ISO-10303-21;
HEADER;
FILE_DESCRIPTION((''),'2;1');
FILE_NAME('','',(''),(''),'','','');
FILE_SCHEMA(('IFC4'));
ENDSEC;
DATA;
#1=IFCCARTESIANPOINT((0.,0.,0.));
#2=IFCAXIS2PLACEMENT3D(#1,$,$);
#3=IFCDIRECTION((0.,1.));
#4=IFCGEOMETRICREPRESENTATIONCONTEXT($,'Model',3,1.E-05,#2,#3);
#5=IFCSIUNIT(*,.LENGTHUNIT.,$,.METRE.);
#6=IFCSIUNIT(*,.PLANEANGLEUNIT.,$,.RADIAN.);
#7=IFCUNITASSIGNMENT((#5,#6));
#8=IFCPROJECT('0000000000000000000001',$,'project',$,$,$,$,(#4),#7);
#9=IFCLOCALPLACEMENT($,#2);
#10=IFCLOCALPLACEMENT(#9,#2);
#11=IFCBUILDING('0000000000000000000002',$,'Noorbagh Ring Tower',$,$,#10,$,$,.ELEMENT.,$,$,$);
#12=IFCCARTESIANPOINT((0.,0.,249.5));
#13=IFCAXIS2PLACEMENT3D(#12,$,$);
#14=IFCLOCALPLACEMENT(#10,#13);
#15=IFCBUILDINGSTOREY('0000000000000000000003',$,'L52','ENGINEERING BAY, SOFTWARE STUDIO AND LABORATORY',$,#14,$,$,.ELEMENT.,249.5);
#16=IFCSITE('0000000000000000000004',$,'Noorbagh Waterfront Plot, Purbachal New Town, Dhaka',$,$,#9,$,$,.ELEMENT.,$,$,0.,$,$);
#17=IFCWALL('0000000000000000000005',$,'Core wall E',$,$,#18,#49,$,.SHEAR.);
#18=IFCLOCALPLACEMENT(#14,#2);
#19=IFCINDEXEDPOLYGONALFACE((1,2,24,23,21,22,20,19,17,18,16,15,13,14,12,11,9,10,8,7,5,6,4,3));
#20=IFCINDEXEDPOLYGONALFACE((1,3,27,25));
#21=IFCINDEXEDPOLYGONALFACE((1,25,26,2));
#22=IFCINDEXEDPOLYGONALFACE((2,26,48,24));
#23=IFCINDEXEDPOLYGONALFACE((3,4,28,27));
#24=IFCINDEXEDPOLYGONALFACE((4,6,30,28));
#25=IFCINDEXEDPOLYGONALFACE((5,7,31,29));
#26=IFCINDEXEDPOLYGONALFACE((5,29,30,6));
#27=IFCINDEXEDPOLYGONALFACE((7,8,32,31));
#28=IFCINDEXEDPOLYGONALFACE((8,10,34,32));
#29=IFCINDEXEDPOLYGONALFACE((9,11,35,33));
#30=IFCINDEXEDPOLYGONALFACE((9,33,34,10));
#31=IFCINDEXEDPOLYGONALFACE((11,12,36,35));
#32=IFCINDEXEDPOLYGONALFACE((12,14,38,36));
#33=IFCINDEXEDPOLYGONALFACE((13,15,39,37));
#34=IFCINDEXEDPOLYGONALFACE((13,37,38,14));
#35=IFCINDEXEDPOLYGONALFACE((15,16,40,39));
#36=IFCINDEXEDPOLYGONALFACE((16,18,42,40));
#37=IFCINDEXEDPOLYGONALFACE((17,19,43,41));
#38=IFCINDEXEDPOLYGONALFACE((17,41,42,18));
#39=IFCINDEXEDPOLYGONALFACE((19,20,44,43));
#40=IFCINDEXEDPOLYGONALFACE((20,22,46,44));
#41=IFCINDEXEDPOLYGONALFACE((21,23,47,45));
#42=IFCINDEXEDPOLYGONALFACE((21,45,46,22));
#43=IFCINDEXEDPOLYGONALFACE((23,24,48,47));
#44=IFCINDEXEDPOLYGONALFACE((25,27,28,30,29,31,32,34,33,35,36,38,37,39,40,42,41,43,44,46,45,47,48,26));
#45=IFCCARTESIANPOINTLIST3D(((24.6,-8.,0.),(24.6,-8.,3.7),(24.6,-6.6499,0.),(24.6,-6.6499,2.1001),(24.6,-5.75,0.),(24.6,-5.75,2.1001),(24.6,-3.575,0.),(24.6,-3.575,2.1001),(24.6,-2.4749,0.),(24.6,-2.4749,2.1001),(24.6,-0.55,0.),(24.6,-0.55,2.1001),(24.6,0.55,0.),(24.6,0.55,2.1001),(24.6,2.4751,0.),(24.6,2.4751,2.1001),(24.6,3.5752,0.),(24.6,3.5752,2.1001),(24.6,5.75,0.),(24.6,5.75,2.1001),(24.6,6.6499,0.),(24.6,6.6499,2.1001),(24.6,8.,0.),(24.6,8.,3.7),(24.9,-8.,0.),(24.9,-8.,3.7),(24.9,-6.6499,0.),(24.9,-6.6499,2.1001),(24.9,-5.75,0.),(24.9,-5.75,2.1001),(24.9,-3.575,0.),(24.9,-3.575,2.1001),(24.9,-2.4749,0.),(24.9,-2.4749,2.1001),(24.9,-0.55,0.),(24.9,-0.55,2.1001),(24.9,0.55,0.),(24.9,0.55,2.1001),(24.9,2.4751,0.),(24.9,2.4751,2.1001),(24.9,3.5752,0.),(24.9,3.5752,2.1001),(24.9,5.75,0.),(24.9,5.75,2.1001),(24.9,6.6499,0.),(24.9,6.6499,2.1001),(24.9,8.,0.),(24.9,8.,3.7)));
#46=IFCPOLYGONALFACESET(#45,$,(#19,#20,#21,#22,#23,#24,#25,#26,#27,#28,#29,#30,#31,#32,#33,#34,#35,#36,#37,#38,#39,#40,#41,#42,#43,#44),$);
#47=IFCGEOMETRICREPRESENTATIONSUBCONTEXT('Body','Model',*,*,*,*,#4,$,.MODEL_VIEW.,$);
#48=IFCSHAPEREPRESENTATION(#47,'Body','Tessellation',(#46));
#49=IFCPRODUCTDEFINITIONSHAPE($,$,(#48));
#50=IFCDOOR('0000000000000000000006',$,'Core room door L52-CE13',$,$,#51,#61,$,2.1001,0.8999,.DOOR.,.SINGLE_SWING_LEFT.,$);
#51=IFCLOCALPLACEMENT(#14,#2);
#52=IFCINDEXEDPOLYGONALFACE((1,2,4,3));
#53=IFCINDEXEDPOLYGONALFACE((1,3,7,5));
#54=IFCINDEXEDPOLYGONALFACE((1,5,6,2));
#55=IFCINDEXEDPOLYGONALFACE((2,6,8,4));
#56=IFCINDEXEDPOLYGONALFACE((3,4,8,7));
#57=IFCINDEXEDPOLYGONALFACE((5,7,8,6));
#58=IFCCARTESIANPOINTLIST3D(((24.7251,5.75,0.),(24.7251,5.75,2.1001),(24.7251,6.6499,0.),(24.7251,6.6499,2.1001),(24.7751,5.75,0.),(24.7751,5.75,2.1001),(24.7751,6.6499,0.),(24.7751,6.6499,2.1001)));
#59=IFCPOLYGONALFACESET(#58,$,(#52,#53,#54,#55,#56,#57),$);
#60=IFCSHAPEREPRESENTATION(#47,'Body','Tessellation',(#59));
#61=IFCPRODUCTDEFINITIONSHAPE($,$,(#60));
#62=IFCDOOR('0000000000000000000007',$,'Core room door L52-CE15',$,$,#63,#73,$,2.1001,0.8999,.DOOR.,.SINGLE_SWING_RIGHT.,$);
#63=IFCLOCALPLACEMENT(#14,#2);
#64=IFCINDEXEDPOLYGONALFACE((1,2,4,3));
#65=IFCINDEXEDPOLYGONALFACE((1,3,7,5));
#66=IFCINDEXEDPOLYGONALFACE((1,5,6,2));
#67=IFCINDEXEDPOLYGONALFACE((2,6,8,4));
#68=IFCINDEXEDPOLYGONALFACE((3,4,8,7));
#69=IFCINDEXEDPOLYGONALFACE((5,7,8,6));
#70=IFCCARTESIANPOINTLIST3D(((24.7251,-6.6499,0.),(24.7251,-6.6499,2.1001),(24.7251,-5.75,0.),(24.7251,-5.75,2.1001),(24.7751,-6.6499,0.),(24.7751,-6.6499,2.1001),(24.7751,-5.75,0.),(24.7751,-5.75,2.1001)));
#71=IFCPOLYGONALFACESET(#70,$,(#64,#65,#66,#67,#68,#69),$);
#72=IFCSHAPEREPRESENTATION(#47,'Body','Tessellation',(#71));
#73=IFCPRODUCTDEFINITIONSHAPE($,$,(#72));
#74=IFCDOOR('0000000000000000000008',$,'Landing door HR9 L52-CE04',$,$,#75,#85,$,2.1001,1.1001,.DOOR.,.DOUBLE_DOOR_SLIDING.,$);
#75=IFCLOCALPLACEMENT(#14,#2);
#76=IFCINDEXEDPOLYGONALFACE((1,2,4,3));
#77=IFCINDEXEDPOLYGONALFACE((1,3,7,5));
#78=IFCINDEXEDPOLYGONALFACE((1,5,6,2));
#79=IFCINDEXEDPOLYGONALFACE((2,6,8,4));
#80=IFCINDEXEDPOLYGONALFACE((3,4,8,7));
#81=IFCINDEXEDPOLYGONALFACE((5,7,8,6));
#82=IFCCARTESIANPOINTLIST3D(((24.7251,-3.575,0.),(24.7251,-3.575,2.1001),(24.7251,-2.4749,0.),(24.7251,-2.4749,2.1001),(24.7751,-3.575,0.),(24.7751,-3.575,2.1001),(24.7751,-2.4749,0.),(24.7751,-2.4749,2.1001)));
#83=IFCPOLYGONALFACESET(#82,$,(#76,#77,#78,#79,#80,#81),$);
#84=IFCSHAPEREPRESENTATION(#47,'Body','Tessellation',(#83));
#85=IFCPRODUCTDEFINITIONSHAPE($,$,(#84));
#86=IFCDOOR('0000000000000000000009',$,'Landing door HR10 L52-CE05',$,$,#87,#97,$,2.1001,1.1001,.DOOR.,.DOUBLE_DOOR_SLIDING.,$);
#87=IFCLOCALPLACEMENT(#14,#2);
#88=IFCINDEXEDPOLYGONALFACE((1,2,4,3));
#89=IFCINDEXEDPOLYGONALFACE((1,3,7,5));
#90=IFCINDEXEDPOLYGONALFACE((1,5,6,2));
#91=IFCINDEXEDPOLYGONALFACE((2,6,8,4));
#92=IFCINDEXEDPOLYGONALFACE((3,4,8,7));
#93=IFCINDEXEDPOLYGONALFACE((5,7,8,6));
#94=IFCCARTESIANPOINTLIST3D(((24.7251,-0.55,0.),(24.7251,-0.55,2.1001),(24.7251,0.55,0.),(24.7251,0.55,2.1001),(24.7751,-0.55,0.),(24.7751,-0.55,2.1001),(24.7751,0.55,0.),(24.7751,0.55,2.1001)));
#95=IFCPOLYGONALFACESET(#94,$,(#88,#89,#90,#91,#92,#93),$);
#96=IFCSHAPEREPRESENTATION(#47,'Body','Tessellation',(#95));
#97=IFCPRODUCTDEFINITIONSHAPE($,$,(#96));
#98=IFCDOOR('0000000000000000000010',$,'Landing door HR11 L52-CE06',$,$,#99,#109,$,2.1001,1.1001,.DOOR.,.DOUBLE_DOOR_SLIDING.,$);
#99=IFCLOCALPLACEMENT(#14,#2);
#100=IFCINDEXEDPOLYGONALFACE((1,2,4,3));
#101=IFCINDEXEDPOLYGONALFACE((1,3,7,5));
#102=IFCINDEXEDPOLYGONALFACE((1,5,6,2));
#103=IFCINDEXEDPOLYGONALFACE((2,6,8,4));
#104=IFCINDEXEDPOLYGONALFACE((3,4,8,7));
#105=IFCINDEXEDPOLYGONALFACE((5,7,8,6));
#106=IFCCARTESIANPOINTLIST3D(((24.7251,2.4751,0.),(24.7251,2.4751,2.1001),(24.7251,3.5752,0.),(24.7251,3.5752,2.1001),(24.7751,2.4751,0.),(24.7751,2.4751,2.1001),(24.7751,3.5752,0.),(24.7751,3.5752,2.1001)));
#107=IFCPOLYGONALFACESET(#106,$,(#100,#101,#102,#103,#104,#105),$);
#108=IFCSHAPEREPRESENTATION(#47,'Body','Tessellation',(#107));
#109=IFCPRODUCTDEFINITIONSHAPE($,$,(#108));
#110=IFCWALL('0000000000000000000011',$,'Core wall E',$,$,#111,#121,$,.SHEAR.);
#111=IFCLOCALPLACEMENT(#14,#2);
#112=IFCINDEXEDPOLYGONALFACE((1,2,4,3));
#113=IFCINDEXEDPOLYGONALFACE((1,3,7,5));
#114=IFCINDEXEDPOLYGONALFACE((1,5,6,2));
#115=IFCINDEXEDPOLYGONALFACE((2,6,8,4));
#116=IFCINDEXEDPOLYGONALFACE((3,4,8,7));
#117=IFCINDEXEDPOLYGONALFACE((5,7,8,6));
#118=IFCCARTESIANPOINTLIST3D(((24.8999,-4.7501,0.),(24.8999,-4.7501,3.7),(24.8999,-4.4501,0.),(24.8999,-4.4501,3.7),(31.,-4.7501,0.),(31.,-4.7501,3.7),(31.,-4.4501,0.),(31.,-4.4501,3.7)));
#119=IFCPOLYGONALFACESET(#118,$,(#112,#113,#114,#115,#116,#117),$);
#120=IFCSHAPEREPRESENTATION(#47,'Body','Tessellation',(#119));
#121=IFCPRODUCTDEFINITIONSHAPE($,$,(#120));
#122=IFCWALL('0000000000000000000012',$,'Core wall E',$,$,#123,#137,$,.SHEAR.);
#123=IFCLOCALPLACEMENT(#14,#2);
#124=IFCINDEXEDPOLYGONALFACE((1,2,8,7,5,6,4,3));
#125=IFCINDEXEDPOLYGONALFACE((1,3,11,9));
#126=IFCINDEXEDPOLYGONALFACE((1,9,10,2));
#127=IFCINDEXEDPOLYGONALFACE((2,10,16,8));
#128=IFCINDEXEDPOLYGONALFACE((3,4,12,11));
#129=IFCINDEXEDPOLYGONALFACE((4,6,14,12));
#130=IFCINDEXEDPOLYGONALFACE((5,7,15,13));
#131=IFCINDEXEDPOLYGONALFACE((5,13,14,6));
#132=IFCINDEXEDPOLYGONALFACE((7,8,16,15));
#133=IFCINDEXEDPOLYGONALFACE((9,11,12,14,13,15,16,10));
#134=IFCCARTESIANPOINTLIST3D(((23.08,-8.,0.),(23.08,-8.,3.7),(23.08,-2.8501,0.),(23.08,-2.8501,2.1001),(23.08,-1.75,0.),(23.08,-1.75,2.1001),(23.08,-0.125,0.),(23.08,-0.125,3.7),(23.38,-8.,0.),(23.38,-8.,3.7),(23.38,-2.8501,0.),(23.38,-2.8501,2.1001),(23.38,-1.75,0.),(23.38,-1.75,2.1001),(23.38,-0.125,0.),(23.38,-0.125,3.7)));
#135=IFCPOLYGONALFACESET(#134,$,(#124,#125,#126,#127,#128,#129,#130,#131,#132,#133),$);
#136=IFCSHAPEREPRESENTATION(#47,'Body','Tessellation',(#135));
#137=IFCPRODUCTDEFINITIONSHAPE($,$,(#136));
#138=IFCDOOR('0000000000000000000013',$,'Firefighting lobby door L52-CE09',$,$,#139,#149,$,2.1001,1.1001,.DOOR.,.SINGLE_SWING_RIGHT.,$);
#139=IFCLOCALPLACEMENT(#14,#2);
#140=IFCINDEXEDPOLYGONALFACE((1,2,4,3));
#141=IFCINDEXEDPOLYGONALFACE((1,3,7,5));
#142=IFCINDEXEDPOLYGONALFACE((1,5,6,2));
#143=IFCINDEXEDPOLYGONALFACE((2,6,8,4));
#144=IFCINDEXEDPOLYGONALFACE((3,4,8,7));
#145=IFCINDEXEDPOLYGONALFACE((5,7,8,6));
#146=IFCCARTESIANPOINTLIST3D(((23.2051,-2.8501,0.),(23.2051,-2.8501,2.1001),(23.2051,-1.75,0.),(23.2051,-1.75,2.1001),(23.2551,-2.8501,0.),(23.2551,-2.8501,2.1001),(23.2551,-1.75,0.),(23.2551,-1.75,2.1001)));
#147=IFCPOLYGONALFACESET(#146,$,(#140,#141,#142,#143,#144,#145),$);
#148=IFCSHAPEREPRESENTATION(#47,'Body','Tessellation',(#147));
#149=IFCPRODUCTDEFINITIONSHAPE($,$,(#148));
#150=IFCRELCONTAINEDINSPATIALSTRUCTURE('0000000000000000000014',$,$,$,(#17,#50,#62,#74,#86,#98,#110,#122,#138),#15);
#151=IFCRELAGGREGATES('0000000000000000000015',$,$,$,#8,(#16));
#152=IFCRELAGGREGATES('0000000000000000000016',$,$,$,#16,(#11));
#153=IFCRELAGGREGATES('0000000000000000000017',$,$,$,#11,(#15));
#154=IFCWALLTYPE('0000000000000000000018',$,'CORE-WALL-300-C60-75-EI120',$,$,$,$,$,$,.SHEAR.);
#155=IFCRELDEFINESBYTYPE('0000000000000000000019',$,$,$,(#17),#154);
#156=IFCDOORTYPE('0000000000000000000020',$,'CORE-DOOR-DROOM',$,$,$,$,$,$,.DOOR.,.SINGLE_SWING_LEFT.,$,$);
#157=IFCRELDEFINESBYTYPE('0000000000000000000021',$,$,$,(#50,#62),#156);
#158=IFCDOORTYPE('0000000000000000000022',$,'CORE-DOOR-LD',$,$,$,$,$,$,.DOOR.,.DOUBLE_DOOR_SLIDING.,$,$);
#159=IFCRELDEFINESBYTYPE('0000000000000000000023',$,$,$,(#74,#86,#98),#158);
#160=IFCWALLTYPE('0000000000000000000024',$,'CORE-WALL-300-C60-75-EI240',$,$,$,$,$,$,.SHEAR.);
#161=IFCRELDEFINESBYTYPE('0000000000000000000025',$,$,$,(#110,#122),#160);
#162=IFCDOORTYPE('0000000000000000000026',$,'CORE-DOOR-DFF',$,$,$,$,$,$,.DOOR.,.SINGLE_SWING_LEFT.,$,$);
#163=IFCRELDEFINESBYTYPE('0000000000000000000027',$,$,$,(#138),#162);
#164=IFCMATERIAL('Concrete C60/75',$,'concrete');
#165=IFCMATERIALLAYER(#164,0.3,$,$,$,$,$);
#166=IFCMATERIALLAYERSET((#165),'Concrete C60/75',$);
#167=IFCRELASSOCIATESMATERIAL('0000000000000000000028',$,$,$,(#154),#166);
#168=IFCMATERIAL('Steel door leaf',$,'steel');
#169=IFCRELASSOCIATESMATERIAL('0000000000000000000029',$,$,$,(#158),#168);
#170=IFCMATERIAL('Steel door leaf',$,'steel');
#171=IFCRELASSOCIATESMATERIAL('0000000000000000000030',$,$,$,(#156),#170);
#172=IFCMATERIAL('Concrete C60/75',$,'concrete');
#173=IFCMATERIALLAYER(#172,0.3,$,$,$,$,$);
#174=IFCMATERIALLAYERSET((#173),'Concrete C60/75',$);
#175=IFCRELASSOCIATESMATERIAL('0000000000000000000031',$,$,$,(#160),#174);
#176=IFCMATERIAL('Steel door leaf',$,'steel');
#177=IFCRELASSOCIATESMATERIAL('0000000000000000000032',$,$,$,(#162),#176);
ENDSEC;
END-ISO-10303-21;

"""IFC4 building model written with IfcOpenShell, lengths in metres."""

from ifc_helpers import new_model, si_unit, direction, frame, frame_2d, origin, place, context, subcontext, project, spatial, rectangle, extrude, material, layer, layer_set, type_object, element, fill, save


model = new_model("IFC4")

# Units and contexts
model_context = context("Model", 3, precision=1e-05, world=origin(), true_north=direction((0.0, 1.0)))
body_context = subcontext(model_context, "Body", "Model", "MODEL_VIEW")
ifc_project = project(units=[si_unit("LENGTHUNIT", "METRE"), si_unit("PLANEANGLEUNIT", "RADIAN")], contexts=[model_context])

# Site, building, storey
site_placement = place(None, origin())
site = spatial("IfcSite", under=ifc_project, at=site_placement, Name="Noorbagh Waterfront Plot, Purbachal New Town, Dhaka", CompositionType="ELEMENT", RefElevation=0.0)
building_placement = place(site_placement, origin())
building = spatial("IfcBuilding", under=site, at=building_placement, Name="Noorbagh Ring Tower", CompositionType="ELEMENT")
storey_placement = place(building_placement, frame((0.0, 0.0, 249.5)))
storey = spatial("IfcBuildingStorey", under=building, at=storey_placement, Name="L52", Description="ENGINEERING BAY, SOFTWARE STUDIO AND LABORATORY", CompositionType="ELEMENT", Elevation=249.5)

# Shared definitions
ifc_material_1 = material(Name="Concrete C60/75", Category="concrete")
ifc_layer_1 = layer(ifc_material_1, 0.3)
ifc_layer_set_1 = layer_set([ifc_layer_1], Name="Concrete C60/75")
wall_type_1 = type_object("IfcWallType", Name="CORE-WALL-300-C60-75-EI120", PredefinedType="SHEAR", material=ifc_layer_set_1)

# Wall, openings, doors
ifc_material_2 = material(Name="Steel door leaf", Category="steel")
door_type_1 = type_object("IfcDoorType", Name="CORE-DOOR-LD", OperationType="DOUBLE_DOOR_SLIDING", PredefinedType="DOOR", material=ifc_material_2)
wall_1_placement = place(storey_placement, frame((24.75, -8.0, 0.0), z_axis=(0.0, 0.0, 1.0), x_axis=(0.0, 1.0, 0.0)))
wall_1 = element("IfcWall", 1, at=wall_1_placement, inside=storey, type_object=wall_type_1, Name="Core wall E", PredefinedType="SHEAR", context=body_context, shape_type="SweptSolid", body=[
    extrude(rectangle(XDim=16.0, YDim=0.3, at=frame_2d((8.0, 0.0))), origin(), (0.0, 0.0, 1.0), 3.7),
])
opening_1_placement = place(wall_1_placement, frame((4.425, 0.0, 0.0)))
opening_1 = element("IfcOpeningElement", 2, at=opening_1_placement, cuts=wall_1, PredefinedType="OPENING", context=body_context, shape_type="SweptSolid", body=[
    extrude(rectangle(XDim=1.1001, YDim=2.1001, at=frame_2d((0.55, 1.05))), frame((0.0, 0.1602, 0.0), z_axis=(0.0, -1.0, 0.0), x_axis=(1.0, 0.0, 0.0)), (0.0, 0.0, 1.0), 0.3201),
])
opening_2_placement = place(wall_1_placement, frame((7.45, 0.0, 0.0)))
opening_2 = element("IfcOpeningElement", 3, at=opening_2_placement, cuts=wall_1, PredefinedType="OPENING", context=body_context, shape_type="SweptSolid", body=[
    extrude(rectangle(XDim=1.1001, YDim=2.1001, at=frame_2d((0.55, 1.05))), frame((0.0, 0.1602, 0.0), z_axis=(0.0, -1.0, 0.0), x_axis=(1.0, 0.0, 0.0)), (0.0, 0.0, 1.0), 0.3201),
])
opening_3_placement = place(wall_1_placement, frame((10.4751, 0.0, 0.0)))
opening_3 = element("IfcOpeningElement", 4, at=opening_3_placement, cuts=wall_1, PredefinedType="OPENING", context=body_context, shape_type="SweptSolid", body=[
    extrude(rectangle(XDim=1.1001, YDim=2.1001, at=frame_2d((0.55, 1.05))), frame((0.0, 0.1602, 0.0), z_axis=(0.0, -1.0, 0.0), x_axis=(1.0, 0.0, 0.0)), (0.0, 0.0, 1.0), 0.3201),
])
opening_4_placement = place(wall_1_placement, frame((13.75, 0.0, 0.0)))
opening_4 = element("IfcOpeningElement", 5, at=opening_4_placement, cuts=wall_1, PredefinedType="OPENING", context=body_context, shape_type="SweptSolid", body=[
    extrude(rectangle(XDim=0.8999, YDim=2.1001, at=frame_2d((0.45, 1.05))), frame((0.0, 0.1602, 0.0), z_axis=(0.0, -1.0, 0.0), x_axis=(1.0, 0.0, 0.0)), (0.0, 0.0, 1.0), 0.3201),
])
opening_5_placement = place(wall_1_placement, frame((1.3501, 0.0, 0.0)))
opening_5 = element("IfcOpeningElement", 6, at=opening_5_placement, cuts=wall_1, PredefinedType="OPENING", context=body_context, shape_type="SweptSolid", body=[
    extrude(rectangle(XDim=0.8999, YDim=2.1001, at=frame_2d((0.45, 1.05))), frame((0.0, 0.1602, 0.0), z_axis=(0.0, -1.0, 0.0), x_axis=(1.0, 0.0, 0.0)), (0.0, 0.0, 1.0), 0.3201),
])
ifc_material_3 = material(Name="Steel door leaf", Category="steel")
door_type_2 = type_object("IfcDoorType", Name="CORE-DOOR-DROOM", OperationType="SINGLE_SWING_LEFT", PredefinedType="DOOR", material=ifc_material_3)
door_1_placement = place(opening_4_placement, origin())
door_1 = element("IfcDoor", 7, at=door_1_placement, inside=storey, type_object=door_type_2, Name="Core room door L52-CE13", OperationType="SINGLE_SWING_LEFT", OverallHeight=2.1001, OverallWidth=0.8999, PredefinedType="DOOR", context=body_context, shape_type="SweptSolid", body=[
    extrude(rectangle(XDim=0.8999, YDim=2.1001, at=frame_2d((0.45, 1.05))), frame((0.0, 0.0249, 0.0), z_axis=(0.0, -1.0, 0.0), x_axis=(1.0, 0.0, 0.0)), (0.0, 0.0, 1.0), 0.05),
])
fill(opening_4, door_1)
door_2_placement = place(opening_5_placement, origin())
door_2 = element("IfcDoor", 8, at=door_2_placement, inside=storey, type_object=door_type_2, Name="Core room door L52-CE15", OperationType="SINGLE_SWING_RIGHT", OverallHeight=2.1001, OverallWidth=0.8999, PredefinedType="DOOR", context=body_context, shape_type="SweptSolid", body=[
    extrude(rectangle(XDim=0.8999, YDim=2.1001, at=frame_2d((0.45, 1.05))), frame((0.0, 0.0249, 0.0), z_axis=(0.0, -1.0, 0.0), x_axis=(1.0, 0.0, 0.0)), (0.0, 0.0, 1.0), 0.05),
])
fill(opening_5, door_2)
door_3_placement = place(opening_1_placement, origin())
door_3 = element("IfcDoor", 9, at=door_3_placement, inside=storey, type_object=door_type_1, Name="Landing door HR9 L52-CE04", OperationType="DOUBLE_DOOR_SLIDING", OverallHeight=2.1001, OverallWidth=1.1001, PredefinedType="DOOR", context=body_context, shape_type="SweptSolid", body=[
    extrude(rectangle(XDim=1.1001, YDim=2.1001, at=frame_2d((0.55, 1.05))), frame((0.0, 0.0249, 0.0), z_axis=(0.0, -1.0, 0.0), x_axis=(1.0, 0.0, 0.0)), (0.0, 0.0, 1.0), 0.05),
])
fill(opening_1, door_3)
door_4_placement = place(opening_2_placement, origin())
door_4 = element("IfcDoor", 10, at=door_4_placement, inside=storey, type_object=door_type_1, Name="Landing door HR10 L52-CE05", OperationType="DOUBLE_DOOR_SLIDING", OverallHeight=2.1001, OverallWidth=1.1001, PredefinedType="DOOR", context=body_context, shape_type="SweptSolid", body=[
    extrude(rectangle(XDim=1.1001, YDim=2.1001, at=frame_2d((0.55, 1.05))), frame((0.0, 0.0249, 0.0), z_axis=(0.0, -1.0, 0.0), x_axis=(1.0, 0.0, 0.0)), (0.0, 0.0, 1.0), 0.05),
])
fill(opening_2, door_4)
door_5_placement = place(opening_3_placement, origin())
door_5 = element("IfcDoor", 11, at=door_5_placement, inside=storey, type_object=door_type_1, Name="Landing door HR11 L52-CE06", OperationType="DOUBLE_DOOR_SLIDING", OverallHeight=2.1001, OverallWidth=1.1001, PredefinedType="DOOR", context=body_context, shape_type="SweptSolid", body=[
    extrude(rectangle(XDim=1.1001, YDim=2.1001, at=frame_2d((0.55, 1.05))), frame((0.0, 0.0249, 0.0), z_axis=(0.0, -1.0, 0.0), x_axis=(1.0, 0.0, 0.0)), (0.0, 0.0, 1.0), 0.05),
])
fill(opening_3, door_5)

# Wall
ifc_material_4 = material(Name="Concrete C60/75", Category="concrete")
ifc_layer_2 = layer(ifc_material_4, 0.3)
ifc_layer_set_2 = layer_set([ifc_layer_2], Name="Concrete C60/75")
wall_type_2 = type_object("IfcWallType", Name="CORE-WALL-300-C60-75-EI240", PredefinedType="SHEAR", material=ifc_layer_set_2)
wall_2_placement = place(storey_placement, frame((24.8999, -4.6001, 0.0), z_axis=(0.0, 0.0, 1.0), x_axis=(1.0, 0.0, 0.0)))
element("IfcWall", 12, at=wall_2_placement, inside=storey, type_object=wall_type_2, Name="Core wall E", PredefinedType="SHEAR", context=body_context, shape_type="SweptSolid", body=[
    extrude(rectangle(XDim=6.1001, YDim=0.3, at=frame_2d((3.05, 0.0))), origin(), (0.0, 0.0, 1.0), 3.7),
])

# Wall, opening, door
wall_3_placement = place(storey_placement, frame((23.23, -8.0, 0.0), z_axis=(0.0, 0.0, 1.0), x_axis=(0.0, 1.0, 0.0)))
wall_3 = element("IfcWall", 13, at=wall_3_placement, inside=storey, type_object=wall_type_2, Name="Core wall E", PredefinedType="SHEAR", context=body_context, shape_type="SweptSolid", body=[
    extrude(rectangle(XDim=7.875, YDim=0.3, at=frame_2d((3.9375, 0.0))), origin(), (0.0, 0.0, 1.0), 3.7),
])
opening_6_placement = place(wall_3_placement, frame((5.1499, 0.0, 0.0)))
opening_6 = element("IfcOpeningElement", 14, at=opening_6_placement, cuts=wall_3, PredefinedType="OPENING", context=body_context, shape_type="SweptSolid", body=[
    extrude(rectangle(XDim=1.1001, YDim=2.1001, at=frame_2d((0.55, 1.05))), frame((0.0, 0.1602, 0.0), z_axis=(0.0, -1.0, 0.0), x_axis=(1.0, 0.0, 0.0)), (0.0, 0.0, 1.0), 0.3201),
])
ifc_material_5 = material(Name="Steel door leaf", Category="steel")
door_type_3 = type_object("IfcDoorType", Name="CORE-DOOR-DFF", OperationType="SINGLE_SWING_LEFT", PredefinedType="DOOR", material=ifc_material_5)
door_6_placement = place(opening_6_placement, origin())
door_6 = element("IfcDoor", 15, at=door_6_placement, inside=storey, type_object=door_type_3, Name="Firefighting lobby door L52-CE09", OperationType="SINGLE_SWING_RIGHT", OverallHeight=2.1001, OverallWidth=1.1001, PredefinedType="DOOR", context=body_context, shape_type="SweptSolid", body=[
    extrude(rectangle(XDim=1.1001, YDim=2.1001, at=frame_2d((0.55, 1.05))), frame((0.0, 0.0249, 0.0), z_axis=(0.0, -1.0, 0.0), x_axis=(1.0, 0.0, 0.0)), (0.0, 0.0, 1.0), 0.05),
])
fill(opening_6, door_6)

save(model, "model.ifc")
